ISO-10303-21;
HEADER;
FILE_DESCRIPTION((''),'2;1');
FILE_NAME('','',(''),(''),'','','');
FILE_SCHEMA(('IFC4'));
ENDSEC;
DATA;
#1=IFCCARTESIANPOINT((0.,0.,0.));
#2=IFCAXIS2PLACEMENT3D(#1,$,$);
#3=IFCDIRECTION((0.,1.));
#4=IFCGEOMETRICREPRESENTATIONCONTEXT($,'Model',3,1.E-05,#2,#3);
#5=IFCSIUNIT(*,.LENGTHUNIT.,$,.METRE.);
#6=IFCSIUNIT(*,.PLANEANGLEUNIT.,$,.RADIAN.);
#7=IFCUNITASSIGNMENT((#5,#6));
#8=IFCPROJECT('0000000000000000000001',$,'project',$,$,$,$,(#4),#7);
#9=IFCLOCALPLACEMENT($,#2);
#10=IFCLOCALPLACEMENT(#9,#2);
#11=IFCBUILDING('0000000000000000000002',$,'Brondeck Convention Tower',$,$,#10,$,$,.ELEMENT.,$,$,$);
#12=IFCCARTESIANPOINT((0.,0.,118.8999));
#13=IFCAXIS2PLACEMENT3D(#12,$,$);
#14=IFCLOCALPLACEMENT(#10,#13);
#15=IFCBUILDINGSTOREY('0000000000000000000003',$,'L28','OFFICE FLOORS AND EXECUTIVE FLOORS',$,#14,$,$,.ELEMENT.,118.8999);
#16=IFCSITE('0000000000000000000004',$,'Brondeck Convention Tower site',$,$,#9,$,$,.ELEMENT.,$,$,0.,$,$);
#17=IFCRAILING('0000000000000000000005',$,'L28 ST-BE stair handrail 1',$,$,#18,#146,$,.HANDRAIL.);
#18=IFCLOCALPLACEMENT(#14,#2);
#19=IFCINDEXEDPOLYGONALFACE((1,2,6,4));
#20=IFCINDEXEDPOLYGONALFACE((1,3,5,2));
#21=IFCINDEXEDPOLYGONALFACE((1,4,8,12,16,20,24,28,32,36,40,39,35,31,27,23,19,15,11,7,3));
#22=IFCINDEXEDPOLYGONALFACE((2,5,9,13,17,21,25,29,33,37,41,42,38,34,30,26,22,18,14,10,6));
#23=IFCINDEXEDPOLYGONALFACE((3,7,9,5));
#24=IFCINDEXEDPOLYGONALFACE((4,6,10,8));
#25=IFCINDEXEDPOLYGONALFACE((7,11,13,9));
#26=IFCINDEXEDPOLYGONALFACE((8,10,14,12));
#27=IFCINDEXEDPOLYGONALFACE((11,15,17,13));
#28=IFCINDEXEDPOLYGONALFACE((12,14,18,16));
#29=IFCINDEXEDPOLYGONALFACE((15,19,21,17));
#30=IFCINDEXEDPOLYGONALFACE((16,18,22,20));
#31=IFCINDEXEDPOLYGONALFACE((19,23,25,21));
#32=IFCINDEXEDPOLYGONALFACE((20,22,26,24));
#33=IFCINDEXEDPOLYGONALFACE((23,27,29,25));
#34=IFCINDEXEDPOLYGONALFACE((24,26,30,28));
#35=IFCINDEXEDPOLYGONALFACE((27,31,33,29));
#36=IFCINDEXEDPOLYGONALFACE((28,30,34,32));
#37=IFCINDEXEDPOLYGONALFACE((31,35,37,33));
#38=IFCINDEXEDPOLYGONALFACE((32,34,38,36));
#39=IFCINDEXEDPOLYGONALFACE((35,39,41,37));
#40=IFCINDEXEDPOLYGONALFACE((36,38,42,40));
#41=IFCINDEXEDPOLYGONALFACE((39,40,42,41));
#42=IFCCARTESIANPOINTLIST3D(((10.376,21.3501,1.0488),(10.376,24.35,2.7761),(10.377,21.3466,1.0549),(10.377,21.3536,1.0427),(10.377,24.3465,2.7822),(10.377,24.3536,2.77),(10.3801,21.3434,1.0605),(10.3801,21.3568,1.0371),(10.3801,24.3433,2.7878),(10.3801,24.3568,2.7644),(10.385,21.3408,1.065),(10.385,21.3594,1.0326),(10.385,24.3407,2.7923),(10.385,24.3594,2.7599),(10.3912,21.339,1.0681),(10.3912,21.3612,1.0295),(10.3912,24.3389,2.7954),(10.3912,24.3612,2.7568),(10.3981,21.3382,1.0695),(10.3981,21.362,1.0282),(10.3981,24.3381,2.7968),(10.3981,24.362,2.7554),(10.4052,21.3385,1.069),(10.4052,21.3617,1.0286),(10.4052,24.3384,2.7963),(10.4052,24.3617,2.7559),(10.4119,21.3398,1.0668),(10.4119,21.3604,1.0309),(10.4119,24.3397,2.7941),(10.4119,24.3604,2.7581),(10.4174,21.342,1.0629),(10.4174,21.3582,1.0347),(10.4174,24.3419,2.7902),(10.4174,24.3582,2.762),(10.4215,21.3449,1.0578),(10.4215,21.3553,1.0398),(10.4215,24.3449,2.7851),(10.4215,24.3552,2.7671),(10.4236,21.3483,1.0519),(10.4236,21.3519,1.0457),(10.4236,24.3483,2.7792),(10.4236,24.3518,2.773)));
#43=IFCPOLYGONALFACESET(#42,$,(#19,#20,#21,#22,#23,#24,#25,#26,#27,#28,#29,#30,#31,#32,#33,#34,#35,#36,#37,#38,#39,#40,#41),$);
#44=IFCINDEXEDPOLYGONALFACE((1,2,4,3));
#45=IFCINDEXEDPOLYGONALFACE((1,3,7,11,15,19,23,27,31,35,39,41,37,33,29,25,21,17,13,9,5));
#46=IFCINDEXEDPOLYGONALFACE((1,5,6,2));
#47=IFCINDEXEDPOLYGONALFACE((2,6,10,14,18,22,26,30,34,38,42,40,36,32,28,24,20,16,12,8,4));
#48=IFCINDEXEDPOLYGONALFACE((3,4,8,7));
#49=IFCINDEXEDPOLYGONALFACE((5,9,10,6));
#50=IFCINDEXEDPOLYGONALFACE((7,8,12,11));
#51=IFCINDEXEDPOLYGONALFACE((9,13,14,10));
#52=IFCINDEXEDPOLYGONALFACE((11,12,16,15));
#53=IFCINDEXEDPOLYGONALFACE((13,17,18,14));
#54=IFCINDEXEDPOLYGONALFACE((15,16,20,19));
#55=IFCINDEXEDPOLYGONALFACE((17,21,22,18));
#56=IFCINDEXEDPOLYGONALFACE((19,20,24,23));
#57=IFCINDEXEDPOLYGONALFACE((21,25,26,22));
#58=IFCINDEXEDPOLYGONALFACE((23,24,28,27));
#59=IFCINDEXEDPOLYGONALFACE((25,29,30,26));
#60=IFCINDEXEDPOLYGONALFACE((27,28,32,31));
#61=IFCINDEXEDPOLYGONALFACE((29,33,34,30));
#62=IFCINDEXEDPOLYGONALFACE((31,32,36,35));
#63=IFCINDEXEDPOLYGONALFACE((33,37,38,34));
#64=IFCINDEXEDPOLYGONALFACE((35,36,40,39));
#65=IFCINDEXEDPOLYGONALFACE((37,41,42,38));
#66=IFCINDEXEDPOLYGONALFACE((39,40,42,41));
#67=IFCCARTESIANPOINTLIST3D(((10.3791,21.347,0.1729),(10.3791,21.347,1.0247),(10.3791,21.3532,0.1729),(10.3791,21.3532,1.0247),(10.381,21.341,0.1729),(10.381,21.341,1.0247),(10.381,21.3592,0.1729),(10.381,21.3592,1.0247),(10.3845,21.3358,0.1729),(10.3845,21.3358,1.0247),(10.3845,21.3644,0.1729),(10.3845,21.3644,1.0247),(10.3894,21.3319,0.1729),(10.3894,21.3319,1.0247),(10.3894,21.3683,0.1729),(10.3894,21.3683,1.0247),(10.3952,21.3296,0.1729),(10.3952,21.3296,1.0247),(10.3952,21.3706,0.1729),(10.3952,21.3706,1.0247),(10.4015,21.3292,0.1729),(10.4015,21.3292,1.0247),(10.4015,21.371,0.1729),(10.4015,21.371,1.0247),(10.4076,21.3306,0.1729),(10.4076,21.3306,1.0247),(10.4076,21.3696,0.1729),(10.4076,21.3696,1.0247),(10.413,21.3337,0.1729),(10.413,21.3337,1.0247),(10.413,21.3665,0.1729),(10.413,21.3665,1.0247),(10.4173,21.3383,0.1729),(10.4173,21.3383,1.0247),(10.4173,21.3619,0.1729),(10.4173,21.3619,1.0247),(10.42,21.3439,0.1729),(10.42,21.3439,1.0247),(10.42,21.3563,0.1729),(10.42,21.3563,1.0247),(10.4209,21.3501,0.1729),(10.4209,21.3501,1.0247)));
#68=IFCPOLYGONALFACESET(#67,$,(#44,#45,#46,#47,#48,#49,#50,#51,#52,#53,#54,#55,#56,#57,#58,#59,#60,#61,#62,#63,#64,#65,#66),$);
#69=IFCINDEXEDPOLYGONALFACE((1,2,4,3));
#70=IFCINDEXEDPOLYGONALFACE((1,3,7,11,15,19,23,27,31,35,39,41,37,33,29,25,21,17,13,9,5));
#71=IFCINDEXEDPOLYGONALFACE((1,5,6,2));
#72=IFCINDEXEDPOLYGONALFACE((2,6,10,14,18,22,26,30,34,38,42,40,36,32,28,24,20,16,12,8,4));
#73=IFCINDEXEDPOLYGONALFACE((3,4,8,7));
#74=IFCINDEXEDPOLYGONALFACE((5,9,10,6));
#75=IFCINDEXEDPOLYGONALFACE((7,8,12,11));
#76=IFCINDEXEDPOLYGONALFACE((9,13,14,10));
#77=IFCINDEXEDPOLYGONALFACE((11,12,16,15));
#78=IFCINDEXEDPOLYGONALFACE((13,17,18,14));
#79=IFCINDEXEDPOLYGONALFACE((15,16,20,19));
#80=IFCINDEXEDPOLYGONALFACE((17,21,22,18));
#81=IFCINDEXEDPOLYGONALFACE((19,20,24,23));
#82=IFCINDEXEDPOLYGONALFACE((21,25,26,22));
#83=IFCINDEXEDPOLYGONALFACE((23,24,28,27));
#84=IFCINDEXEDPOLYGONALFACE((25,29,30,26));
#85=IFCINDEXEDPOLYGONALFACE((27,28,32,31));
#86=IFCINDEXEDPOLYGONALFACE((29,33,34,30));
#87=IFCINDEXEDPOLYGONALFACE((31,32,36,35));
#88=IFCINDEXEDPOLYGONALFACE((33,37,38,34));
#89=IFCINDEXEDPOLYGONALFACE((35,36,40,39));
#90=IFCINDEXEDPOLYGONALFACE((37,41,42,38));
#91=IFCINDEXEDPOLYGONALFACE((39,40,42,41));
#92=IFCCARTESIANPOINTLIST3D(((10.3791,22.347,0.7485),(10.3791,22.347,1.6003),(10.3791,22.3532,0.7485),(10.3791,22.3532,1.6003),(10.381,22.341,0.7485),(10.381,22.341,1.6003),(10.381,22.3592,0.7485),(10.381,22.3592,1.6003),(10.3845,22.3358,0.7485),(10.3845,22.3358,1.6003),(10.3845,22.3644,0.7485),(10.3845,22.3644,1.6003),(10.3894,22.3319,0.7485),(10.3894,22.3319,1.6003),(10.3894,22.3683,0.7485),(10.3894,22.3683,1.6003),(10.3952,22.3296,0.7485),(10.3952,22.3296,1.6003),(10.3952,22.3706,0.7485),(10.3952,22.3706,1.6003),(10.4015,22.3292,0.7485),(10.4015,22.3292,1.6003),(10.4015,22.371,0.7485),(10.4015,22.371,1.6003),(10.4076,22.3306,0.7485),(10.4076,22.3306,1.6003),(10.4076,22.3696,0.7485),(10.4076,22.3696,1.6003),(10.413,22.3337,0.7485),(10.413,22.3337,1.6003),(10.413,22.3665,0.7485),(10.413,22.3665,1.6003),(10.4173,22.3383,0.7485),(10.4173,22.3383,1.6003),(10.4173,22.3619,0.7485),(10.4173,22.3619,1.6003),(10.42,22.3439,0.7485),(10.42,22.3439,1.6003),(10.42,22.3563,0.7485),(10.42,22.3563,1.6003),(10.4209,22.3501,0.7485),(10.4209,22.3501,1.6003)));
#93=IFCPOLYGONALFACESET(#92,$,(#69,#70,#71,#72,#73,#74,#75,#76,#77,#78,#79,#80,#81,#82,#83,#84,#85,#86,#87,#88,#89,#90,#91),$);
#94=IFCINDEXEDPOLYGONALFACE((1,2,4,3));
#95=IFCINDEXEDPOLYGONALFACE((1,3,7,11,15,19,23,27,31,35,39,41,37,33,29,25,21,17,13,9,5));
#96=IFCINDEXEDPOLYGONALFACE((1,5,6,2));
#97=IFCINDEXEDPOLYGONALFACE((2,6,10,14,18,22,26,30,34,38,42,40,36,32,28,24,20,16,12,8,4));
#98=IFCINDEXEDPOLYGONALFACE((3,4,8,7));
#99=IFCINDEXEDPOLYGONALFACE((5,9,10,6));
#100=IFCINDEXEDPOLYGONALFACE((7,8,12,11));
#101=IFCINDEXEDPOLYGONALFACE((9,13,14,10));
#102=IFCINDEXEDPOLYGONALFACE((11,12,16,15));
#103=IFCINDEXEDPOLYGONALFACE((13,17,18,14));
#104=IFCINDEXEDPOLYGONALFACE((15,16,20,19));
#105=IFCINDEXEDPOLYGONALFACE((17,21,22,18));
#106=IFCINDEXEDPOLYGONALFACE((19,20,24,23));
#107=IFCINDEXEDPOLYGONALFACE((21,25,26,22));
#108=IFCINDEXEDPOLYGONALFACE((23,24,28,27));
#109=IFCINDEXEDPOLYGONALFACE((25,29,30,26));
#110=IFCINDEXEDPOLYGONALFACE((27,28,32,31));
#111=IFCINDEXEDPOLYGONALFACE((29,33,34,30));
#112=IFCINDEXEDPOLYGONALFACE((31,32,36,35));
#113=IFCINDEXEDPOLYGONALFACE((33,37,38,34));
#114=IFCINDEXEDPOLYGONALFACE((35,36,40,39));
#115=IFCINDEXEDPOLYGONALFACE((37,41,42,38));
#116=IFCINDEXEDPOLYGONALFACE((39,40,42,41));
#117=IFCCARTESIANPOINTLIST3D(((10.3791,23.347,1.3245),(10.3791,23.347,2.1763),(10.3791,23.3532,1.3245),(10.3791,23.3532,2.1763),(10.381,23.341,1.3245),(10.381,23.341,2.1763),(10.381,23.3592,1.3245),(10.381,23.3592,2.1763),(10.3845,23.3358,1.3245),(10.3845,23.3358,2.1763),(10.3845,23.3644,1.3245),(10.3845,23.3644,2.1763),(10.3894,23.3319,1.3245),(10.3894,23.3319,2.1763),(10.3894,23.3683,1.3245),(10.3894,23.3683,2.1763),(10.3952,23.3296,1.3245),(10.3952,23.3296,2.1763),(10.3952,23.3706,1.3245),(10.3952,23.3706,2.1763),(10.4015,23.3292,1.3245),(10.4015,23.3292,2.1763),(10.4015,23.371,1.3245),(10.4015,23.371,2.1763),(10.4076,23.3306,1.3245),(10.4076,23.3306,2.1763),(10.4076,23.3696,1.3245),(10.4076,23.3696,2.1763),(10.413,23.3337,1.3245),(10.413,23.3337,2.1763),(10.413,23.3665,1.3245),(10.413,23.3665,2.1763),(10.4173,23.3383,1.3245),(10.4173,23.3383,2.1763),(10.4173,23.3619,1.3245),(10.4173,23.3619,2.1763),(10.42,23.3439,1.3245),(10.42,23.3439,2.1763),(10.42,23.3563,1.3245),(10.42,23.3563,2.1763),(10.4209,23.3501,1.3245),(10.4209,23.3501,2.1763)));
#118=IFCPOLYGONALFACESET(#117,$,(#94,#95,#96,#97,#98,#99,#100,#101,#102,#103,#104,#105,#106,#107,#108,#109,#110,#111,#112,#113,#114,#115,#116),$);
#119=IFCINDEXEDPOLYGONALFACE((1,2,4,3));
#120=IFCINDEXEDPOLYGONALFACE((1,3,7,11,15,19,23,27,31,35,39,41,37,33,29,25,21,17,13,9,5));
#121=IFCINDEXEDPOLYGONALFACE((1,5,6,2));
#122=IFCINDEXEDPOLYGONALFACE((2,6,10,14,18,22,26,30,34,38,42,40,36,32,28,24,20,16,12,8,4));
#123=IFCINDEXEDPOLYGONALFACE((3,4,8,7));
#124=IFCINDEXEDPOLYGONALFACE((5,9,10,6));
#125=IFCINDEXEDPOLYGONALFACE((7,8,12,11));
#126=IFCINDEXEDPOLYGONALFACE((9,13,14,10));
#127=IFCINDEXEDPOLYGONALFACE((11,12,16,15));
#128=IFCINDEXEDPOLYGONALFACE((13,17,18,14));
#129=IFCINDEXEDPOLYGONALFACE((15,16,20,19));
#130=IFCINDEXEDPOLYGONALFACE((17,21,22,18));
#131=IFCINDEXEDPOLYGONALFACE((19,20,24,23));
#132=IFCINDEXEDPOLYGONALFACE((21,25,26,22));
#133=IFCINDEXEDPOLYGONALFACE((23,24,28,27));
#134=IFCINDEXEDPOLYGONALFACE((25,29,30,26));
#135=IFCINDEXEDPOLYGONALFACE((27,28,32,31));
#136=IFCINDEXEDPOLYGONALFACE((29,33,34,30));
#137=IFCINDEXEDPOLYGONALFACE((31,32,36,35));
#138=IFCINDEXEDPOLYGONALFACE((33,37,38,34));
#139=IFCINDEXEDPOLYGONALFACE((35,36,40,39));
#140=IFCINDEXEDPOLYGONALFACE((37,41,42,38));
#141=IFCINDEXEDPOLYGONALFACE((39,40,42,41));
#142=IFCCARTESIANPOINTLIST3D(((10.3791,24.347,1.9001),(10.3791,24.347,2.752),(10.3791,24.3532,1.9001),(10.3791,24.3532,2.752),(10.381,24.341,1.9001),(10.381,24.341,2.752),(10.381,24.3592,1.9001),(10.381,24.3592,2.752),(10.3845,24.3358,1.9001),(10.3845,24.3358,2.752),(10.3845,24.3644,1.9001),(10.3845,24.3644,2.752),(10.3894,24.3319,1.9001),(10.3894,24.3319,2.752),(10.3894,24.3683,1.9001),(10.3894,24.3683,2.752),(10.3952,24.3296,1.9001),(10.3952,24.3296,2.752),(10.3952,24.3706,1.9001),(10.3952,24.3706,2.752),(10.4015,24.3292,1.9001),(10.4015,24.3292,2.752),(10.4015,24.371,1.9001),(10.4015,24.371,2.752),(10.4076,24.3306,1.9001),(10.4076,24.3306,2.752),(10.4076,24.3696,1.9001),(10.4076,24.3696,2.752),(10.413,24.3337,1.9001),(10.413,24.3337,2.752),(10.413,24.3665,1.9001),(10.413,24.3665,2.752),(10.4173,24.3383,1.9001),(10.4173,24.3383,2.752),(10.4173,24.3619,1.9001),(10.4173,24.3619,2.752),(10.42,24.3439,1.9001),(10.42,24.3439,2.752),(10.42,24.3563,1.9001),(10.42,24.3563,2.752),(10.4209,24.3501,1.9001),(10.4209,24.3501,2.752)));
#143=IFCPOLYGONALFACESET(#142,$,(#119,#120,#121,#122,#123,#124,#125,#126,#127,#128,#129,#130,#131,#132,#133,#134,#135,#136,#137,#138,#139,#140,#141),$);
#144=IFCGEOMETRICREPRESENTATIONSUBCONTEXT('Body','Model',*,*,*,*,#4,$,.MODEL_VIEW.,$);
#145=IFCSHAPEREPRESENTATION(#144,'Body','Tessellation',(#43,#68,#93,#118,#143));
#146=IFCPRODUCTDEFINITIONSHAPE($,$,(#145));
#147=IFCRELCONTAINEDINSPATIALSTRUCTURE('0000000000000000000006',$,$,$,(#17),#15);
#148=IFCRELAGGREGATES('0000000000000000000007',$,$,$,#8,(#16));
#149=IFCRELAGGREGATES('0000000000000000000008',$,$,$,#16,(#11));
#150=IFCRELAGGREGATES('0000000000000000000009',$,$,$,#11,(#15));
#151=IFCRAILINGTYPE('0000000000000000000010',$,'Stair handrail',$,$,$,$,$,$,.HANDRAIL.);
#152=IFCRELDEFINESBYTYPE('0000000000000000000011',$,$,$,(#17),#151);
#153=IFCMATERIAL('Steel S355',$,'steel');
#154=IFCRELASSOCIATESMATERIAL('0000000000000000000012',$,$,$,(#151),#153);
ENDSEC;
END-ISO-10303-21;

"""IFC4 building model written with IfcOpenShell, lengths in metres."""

from ifc_helpers import new_model, si_unit, direction, frame, origin, origin_2d, place, context, subcontext, project, spatial, circle, extrude, material, type_object, element, save


model = new_model("IFC4")

# Units and contexts
model_context = context("Model", 3, precision=1e-05, world=origin(), true_north=direction((0.0, 1.0)))
body_context = subcontext(model_context, "Body", "Model", "MODEL_VIEW")
ifc_project = project(units=[si_unit("LENGTHUNIT", "METRE"), si_unit("PLANEANGLEUNIT", "RADIAN")], contexts=[model_context])

# Site, building, storey
site_placement = place(None, origin())
site = spatial("IfcSite", under=ifc_project, at=site_placement, Name="Brondeck Convention Tower site", CompositionType="ELEMENT", RefElevation=0.0)
building_placement = place(site_placement, origin())
building = spatial("IfcBuilding", under=site, at=building_placement, Name="Brondeck Convention Tower", CompositionType="ELEMENT")
storey_placement = place(building_placement, frame((0.0, 0.0, 118.8999)))
storey = spatial("IfcBuildingStorey", under=building, at=storey_placement, Name="L28", Description="OFFICE FLOORS AND EXECUTIVE FLOORS", CompositionType="ELEMENT", Elevation=118.8999)

# Shared definitions
ifc_material_1 = material(Name="Steel S355", Category="steel")

# Railing
railing_type_1 = type_object("IfcRailingType", Name="Stair handrail", PredefinedType="HANDRAIL", material=ifc_material_1)
railing_1_placement = place(storey_placement, frame((10.3999, 21.3501, 0.1729)))
element("IfcRailing", 1, at=railing_1_placement, inside=storey, type_object=railing_type_1, Name="L28 ST-BE stair handrail 1", PredefinedType="HANDRAIL", context=body_context, shape_type="SweptSolid", body=[
    extrude(circle(Radius=0.0239, at=origin_2d()), frame((0.0, 0.0, 0.876), z_axis=(0.0, 0.86662, 0.498969), x_axis=(-1.0, 0.0, 0.0)), (0.0, 0.0, 1.0), 3.4617),
    extrude(circle(Radius=0.021, at=origin_2d()), origin(), (0.0, 0.0, 1.0), 0.8518),
    extrude(circle(Radius=0.021, at=origin_2d()), frame((0.0, 1.0, 0.5757)), (0.0, 0.0, 1.0), 0.8518),
    extrude(circle(Radius=0.021, at=origin_2d()), frame((0.0, 2.0, 1.1516)), (0.0, 0.0, 1.0), 0.8518),
    extrude(circle(Radius=0.021, at=origin_2d()), frame((0.0, 3.0, 1.7273)), (0.0, 0.0, 1.0), 0.8518),
])

save(model, "model.ifc")
